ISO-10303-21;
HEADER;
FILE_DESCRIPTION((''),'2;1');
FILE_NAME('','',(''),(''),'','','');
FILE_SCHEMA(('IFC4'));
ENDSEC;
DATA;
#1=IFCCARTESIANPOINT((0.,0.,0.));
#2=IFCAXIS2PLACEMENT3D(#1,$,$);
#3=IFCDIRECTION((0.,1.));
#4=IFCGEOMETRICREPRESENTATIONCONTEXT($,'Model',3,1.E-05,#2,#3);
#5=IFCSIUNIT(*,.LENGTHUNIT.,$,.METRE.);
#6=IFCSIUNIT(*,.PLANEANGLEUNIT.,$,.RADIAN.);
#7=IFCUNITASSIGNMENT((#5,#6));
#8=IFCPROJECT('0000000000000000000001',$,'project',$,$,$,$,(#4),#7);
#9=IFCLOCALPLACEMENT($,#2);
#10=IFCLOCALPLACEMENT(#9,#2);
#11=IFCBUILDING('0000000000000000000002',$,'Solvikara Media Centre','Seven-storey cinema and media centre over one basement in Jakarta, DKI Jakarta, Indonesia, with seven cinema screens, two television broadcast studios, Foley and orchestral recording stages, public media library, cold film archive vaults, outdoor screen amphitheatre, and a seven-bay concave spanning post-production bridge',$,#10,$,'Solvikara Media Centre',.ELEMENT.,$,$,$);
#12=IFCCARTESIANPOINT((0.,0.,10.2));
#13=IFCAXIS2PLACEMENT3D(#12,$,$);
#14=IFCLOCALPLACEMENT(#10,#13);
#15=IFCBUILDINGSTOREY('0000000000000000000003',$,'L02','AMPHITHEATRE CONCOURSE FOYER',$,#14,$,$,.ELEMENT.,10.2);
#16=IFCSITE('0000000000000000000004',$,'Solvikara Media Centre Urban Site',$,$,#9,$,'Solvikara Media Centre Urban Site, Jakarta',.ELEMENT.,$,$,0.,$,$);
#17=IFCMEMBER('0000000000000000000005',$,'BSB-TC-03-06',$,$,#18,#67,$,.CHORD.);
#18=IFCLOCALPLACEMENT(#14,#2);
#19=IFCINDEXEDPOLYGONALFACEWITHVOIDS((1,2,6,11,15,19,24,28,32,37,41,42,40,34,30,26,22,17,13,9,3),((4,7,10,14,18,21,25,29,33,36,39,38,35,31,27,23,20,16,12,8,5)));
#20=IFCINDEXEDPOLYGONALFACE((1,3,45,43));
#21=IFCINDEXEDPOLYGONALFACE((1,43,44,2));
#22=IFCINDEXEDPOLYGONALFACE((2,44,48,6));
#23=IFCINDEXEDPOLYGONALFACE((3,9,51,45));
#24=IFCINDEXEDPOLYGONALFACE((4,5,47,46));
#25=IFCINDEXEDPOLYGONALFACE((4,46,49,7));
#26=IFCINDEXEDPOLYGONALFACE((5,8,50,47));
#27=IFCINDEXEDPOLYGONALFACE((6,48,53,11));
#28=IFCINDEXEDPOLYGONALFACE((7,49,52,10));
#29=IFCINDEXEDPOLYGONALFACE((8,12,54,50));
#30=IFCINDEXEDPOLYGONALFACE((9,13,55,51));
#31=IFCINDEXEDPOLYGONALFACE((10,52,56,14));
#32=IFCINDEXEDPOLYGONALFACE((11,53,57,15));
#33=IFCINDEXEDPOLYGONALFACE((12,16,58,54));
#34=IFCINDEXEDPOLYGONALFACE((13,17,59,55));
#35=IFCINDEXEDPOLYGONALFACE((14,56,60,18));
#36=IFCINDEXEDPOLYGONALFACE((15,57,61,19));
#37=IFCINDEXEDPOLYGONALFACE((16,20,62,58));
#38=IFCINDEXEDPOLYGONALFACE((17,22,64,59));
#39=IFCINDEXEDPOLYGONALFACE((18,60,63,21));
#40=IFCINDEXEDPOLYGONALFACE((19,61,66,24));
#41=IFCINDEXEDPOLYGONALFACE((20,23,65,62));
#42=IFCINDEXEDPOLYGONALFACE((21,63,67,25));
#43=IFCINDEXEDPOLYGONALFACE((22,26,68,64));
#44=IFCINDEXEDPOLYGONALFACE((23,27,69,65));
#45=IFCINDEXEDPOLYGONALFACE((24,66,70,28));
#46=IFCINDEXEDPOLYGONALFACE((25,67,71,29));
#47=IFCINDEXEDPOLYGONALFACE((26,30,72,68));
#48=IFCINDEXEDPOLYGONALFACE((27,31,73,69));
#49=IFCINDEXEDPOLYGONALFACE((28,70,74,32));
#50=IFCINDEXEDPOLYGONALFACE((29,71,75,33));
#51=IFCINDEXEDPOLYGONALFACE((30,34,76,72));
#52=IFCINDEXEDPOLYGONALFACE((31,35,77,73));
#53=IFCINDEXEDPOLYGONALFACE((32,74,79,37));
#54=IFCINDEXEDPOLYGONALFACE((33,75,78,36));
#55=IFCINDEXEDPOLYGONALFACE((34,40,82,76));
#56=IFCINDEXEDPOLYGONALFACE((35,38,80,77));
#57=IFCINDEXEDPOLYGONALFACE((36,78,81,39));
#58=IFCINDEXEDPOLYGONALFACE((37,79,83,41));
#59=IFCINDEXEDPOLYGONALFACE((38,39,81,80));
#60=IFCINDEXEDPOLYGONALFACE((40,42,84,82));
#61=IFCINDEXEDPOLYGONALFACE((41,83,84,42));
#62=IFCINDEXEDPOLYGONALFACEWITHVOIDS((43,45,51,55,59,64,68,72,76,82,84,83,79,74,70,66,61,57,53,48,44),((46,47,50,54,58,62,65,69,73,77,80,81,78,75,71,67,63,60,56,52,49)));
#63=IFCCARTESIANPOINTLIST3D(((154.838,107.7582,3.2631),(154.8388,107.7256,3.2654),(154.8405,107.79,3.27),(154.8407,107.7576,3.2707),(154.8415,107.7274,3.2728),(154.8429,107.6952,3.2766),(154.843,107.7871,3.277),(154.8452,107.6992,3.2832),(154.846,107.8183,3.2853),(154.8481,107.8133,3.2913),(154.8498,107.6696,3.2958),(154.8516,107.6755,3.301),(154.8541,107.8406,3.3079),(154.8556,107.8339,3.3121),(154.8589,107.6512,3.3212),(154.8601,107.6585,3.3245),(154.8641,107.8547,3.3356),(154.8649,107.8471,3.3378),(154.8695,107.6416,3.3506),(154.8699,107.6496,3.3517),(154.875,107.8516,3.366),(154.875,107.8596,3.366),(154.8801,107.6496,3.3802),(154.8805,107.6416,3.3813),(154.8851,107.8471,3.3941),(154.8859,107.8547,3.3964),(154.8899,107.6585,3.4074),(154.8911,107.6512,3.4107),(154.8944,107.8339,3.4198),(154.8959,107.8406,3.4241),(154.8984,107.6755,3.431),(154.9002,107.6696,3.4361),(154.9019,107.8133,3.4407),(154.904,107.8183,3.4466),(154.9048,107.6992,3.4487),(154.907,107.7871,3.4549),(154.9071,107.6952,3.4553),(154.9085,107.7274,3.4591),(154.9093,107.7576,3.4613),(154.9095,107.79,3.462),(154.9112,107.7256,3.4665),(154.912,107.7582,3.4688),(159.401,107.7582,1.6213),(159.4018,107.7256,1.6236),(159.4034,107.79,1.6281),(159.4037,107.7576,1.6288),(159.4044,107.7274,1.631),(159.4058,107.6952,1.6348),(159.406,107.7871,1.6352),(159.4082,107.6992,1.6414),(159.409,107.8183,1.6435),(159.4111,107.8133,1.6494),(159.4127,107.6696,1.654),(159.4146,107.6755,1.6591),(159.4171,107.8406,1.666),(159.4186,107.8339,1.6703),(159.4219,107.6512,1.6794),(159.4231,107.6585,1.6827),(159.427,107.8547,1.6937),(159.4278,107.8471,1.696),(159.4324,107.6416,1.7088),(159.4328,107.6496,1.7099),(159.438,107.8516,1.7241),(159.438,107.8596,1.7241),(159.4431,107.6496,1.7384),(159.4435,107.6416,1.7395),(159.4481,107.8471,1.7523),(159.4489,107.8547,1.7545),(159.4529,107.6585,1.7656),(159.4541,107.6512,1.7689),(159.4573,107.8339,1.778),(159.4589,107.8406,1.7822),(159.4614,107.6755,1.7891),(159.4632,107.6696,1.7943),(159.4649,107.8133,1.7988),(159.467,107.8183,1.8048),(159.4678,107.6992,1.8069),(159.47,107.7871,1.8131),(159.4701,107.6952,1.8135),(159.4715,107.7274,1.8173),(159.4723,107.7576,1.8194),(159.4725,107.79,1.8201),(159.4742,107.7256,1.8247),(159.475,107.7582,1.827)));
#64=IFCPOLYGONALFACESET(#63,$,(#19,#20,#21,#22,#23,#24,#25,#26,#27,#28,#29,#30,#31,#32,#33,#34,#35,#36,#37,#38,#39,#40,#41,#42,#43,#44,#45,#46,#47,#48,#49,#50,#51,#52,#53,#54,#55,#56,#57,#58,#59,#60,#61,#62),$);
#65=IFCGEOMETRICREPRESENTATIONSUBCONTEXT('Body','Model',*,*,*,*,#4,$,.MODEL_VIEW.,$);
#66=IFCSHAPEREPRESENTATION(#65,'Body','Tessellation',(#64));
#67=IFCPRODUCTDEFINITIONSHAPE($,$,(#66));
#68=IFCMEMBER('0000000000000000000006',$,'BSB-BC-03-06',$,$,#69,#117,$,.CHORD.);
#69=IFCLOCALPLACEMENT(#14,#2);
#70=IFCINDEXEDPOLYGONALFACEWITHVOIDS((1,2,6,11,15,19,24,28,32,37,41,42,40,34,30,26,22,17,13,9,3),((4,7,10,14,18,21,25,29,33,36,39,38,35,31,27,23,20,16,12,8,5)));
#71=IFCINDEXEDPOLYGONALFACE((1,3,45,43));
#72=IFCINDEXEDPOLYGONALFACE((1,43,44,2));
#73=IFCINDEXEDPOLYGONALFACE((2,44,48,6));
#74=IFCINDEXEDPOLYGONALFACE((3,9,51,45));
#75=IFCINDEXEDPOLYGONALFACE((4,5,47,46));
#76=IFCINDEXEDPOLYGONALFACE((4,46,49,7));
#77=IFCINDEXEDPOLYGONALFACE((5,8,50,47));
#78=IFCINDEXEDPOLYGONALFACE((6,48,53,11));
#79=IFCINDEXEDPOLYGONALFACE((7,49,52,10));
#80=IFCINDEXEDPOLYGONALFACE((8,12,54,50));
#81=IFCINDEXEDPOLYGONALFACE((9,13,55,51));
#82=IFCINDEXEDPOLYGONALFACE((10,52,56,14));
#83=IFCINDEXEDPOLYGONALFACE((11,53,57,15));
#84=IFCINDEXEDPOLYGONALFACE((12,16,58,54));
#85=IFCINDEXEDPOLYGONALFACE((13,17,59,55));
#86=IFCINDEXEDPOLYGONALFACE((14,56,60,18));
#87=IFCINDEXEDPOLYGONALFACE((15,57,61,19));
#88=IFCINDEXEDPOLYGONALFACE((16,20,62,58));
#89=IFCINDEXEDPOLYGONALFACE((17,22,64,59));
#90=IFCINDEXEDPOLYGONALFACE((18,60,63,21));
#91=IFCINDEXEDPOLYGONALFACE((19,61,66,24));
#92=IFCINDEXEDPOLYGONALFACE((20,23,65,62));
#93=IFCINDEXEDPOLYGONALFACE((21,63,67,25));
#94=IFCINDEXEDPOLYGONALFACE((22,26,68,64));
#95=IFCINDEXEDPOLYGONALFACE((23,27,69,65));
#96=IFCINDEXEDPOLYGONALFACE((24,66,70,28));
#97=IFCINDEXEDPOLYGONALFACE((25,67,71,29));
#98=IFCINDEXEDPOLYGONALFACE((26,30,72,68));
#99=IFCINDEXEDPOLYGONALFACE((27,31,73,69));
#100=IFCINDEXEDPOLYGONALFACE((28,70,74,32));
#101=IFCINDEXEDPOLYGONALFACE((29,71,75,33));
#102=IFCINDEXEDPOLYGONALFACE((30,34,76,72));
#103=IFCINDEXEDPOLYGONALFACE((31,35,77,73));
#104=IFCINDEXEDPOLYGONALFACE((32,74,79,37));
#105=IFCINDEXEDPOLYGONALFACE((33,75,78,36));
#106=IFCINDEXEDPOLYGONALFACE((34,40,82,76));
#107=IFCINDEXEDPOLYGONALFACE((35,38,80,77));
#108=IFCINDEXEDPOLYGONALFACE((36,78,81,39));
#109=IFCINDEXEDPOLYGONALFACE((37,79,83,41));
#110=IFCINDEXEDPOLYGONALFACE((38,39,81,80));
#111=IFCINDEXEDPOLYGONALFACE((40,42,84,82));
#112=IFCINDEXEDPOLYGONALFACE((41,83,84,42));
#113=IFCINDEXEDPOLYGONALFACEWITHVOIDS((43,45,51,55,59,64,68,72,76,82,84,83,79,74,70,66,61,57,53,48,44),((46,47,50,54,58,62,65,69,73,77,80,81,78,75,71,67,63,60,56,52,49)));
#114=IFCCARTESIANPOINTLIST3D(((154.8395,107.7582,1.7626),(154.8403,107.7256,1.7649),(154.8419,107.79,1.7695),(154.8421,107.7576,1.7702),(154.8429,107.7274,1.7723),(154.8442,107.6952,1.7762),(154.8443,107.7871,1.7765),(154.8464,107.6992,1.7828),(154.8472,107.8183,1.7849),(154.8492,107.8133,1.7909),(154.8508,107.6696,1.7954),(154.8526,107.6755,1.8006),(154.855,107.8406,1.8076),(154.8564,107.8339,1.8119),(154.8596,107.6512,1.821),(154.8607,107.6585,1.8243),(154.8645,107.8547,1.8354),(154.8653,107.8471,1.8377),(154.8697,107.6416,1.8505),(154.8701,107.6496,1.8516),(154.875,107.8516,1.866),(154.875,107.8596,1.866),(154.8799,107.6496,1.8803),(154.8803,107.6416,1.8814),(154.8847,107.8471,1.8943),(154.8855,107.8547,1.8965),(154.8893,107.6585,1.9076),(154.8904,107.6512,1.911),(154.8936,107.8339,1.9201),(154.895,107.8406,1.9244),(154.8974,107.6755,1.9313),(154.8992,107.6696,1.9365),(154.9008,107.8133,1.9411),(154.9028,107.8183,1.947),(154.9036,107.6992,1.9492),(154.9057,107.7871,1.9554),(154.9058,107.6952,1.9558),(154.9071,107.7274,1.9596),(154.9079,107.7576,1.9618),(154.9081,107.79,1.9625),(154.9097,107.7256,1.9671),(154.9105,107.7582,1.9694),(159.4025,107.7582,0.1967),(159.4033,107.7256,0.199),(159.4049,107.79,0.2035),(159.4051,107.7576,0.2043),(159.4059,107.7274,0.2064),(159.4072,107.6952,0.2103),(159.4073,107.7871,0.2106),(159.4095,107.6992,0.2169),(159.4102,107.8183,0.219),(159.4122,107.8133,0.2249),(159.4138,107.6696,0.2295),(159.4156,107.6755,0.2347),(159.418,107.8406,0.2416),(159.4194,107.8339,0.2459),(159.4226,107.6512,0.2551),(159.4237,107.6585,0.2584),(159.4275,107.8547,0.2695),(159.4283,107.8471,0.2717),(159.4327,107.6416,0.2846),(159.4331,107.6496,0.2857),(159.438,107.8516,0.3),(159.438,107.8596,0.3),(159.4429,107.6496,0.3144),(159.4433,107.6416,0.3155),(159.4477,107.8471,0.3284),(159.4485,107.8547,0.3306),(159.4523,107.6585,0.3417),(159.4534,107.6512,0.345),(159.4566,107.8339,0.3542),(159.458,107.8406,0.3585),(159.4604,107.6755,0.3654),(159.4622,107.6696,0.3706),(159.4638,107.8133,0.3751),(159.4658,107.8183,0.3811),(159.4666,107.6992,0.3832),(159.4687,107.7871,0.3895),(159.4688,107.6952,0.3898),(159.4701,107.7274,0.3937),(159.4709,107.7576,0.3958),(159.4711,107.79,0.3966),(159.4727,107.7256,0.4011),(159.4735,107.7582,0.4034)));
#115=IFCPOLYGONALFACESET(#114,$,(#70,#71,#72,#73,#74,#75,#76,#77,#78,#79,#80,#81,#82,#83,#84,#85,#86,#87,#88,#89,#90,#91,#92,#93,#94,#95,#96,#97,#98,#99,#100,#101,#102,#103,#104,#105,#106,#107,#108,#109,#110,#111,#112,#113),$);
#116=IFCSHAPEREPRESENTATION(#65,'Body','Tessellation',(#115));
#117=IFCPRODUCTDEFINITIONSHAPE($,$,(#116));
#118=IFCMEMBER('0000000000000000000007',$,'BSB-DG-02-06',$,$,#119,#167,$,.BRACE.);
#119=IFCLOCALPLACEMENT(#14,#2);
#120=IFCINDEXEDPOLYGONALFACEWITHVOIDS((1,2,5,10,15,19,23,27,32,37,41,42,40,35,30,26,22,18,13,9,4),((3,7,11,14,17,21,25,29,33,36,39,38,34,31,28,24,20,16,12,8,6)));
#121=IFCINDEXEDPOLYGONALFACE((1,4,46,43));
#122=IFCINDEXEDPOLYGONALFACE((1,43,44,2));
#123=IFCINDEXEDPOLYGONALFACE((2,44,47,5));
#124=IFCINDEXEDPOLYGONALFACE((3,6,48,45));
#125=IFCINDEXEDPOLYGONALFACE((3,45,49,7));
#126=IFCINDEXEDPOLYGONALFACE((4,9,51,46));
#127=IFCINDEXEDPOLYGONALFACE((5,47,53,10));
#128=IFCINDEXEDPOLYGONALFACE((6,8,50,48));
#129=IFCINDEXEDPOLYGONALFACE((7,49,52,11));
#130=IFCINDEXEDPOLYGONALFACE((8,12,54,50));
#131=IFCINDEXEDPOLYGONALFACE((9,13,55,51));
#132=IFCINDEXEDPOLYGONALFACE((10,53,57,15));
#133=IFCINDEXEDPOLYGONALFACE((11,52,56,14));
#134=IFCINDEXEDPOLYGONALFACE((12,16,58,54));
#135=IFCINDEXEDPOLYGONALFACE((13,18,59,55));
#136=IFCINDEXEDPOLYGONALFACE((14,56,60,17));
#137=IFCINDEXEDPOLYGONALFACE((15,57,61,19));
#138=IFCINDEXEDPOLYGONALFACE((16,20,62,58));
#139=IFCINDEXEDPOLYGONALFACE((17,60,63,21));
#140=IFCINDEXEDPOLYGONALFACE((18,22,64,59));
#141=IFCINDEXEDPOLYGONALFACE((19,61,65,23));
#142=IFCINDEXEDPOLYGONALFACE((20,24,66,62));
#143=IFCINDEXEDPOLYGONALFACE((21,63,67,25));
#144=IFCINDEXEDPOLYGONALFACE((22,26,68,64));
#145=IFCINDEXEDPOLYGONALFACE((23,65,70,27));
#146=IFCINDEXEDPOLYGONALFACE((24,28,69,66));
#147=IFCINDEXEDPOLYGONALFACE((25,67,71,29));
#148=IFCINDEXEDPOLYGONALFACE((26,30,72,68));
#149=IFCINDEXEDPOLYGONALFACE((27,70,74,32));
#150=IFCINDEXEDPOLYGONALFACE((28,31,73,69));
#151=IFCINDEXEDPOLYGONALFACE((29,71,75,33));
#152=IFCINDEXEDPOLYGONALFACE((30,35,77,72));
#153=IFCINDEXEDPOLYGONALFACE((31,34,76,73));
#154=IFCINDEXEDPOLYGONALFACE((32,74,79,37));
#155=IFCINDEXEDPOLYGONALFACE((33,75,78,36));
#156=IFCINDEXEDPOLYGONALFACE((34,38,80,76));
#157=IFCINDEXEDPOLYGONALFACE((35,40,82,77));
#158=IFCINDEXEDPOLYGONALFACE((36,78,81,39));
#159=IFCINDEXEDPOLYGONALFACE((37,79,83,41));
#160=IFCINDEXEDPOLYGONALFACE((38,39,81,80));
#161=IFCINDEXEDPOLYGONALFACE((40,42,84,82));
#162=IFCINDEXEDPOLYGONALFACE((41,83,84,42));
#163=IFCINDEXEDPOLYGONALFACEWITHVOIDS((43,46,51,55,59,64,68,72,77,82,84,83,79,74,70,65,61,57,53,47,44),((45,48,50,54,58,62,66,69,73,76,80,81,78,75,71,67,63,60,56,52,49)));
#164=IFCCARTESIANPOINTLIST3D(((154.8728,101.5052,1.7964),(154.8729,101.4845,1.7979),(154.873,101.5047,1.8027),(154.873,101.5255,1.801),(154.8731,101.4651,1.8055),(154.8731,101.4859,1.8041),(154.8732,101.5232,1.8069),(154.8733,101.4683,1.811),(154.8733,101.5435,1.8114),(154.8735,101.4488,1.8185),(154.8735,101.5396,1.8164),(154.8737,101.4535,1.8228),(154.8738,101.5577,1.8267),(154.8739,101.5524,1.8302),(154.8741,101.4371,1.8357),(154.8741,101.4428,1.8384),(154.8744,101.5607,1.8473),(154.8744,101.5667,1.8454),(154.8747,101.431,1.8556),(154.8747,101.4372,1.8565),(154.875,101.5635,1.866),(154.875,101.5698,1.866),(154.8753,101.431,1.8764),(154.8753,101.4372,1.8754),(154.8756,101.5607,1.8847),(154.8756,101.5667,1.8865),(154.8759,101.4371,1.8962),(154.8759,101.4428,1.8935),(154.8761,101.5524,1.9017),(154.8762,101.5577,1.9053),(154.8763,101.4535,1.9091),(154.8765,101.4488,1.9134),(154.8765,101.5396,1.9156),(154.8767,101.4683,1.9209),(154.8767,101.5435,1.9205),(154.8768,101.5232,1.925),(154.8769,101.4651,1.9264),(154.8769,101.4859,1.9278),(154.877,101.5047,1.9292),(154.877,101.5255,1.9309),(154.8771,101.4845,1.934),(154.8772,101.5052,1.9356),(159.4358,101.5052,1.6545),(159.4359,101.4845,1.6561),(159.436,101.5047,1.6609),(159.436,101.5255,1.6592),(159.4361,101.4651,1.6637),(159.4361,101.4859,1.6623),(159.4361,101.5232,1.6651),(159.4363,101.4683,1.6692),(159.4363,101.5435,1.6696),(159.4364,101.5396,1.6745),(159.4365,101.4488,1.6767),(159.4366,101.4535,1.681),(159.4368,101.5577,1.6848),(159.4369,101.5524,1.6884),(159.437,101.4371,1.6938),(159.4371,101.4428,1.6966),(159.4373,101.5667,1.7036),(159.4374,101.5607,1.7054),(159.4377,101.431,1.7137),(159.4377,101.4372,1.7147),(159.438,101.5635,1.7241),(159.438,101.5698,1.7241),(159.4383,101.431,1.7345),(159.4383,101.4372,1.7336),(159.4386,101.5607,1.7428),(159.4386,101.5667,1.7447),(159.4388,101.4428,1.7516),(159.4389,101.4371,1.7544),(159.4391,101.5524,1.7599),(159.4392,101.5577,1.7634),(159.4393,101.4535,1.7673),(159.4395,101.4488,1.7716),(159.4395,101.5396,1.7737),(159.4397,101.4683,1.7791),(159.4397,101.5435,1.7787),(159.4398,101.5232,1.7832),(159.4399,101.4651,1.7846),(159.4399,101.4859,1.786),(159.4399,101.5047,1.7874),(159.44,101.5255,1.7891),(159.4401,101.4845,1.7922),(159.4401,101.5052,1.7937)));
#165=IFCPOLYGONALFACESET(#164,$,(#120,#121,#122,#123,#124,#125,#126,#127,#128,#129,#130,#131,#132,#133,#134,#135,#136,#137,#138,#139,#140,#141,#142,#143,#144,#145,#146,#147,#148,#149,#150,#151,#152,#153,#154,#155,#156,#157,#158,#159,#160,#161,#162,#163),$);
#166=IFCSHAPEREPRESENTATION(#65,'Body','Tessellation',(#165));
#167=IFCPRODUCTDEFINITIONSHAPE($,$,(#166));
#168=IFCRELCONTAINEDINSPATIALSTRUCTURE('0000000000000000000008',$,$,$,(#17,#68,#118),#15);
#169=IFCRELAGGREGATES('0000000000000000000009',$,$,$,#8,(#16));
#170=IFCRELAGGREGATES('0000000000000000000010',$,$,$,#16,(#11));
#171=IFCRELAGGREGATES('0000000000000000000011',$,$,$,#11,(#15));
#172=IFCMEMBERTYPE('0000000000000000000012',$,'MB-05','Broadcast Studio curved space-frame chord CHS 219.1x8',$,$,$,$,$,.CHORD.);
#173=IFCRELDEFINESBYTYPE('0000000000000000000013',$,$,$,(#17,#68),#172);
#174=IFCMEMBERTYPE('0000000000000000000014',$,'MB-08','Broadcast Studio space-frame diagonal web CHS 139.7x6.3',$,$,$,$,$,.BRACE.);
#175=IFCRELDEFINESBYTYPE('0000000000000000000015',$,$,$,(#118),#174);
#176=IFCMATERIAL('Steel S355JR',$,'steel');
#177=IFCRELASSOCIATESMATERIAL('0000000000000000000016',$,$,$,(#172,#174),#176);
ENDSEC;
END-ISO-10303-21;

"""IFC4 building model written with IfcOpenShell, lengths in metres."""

from ifc_helpers import new_model, si_unit, direction, frame, origin, origin_2d, place, context, subcontext, project, spatial, hollow_circle, extrude, material, material_profile, profile_set, type_object, element, save


model = new_model("IFC4")

# Units and contexts
model_context = context("Model", 3, precision=1e-05, world=origin(), true_north=direction((0.0, 1.0)))
body_context = subcontext(model_context, "Body", "Model", "MODEL_VIEW")
ifc_project = project(units=[si_unit("LENGTHUNIT", "METRE"), si_unit("PLANEANGLEUNIT", "RADIAN")], contexts=[model_context])

# Site, building, storey
site_placement = place(None, origin())
site = spatial("IfcSite", under=ifc_project, at=site_placement, Name="Solvikara Media Centre Urban Site", LongName="Solvikara Media Centre Urban Site, Jakarta", CompositionType="ELEMENT", RefElevation=0.0)
building_placement = place(site_placement, origin())
building = spatial("IfcBuilding", under=site, at=building_placement, Name="Solvikara Media Centre", Description="Seven-storey cinema and media centre over one basement in Jakarta, DKI Jakarta, Indonesia, with seven cinema screens, two television broadcast studios, Foley and orchestral recording stages, public media library, cold film archive vaults, outdoor screen amphitheatre, and a seven-bay concave spanning post-production bridge", LongName="Solvikara Media Centre", CompositionType="ELEMENT")
storey_placement = place(building_placement, frame((0.0, 0.0, 10.2)))
storey = spatial("IfcBuildingStorey", under=building, at=storey_placement, Name="L02", Description="AMPHITHEATRE CONCOURSE FOYER", CompositionType="ELEMENT", Elevation=10.2)

# Shared definitions
ifc_material_1 = material(Name="Steel S355JR", Category="steel")

# Members
ifc_material_profile_1 = material_profile(ifc_material_1, hollow_circle(Radius=0.1096, WallThickness=0.0081, at=origin_2d()), Name="CHS 219.1x8")
ifc_profile_set_1 = profile_set([ifc_material_profile_1], Name="Steel S355JR")
member_type_1 = type_object("IfcMemberType", Name="MB-05", Description="Broadcast Studio curved space-frame chord CHS 219.1x8", PredefinedType="CHORD", material=ifc_profile_set_1)
member_1_placement = place(storey_placement, frame((154.875, 107.75, 3.366), z_axis=(0.940942, 0.0, -0.338568), x_axis=(0.0, 1.0, 0.0)))
element("IfcMember", 1, at=member_1_placement, inside=storey, type_object=member_type_1, Name="BSB-TC-03-06", PredefinedType="CHORD", context=body_context, shape_type="SweptSolid", body=[
    extrude(hollow_circle(Radius=0.1096, WallThickness=0.0081, at=origin_2d()), origin(), (0.0, 0.0, 1.0), 4.8494),
])
member_2_placement = place(storey_placement, frame((154.875, 107.75, 1.866), z_axis=(0.945853, 0.0, -0.324596), x_axis=(0.0, 1.0, 0.0)))
element("IfcMember", 2, at=member_2_placement, inside=storey, type_object=member_type_1, Name="BSB-BC-03-06", PredefinedType="CHORD", context=body_context, shape_type="SweptSolid", body=[
    extrude(hollow_circle(Radius=0.1096, WallThickness=0.0081, at=origin_2d()), origin(), (0.0, 0.0, 1.0), 4.8242),
])
ifc_material_profile_2 = material_profile(ifc_material_1, hollow_circle(Radius=0.0698, WallThickness=0.0063, at=origin_2d()), Name="CHS 139.7x6.3")
ifc_profile_set_2 = profile_set([ifc_material_profile_2], Name="Steel S355JR")
member_type_2 = type_object("IfcMemberType", Name="MB-08", Description="Broadcast Studio space-frame diagonal web CHS 139.7x6.3", PredefinedType="BRACE", material=ifc_profile_set_2)
for number, where, z_axis, x_axis, name in (
    (3, (154.875, 101.5, 1.866), (0.999517, 0.0, -0.031071), (0.0, 1.0, 0.0), "BSB-DG-02-06"),
):
    element("IfcMember", number, at=place(storey_placement, frame(where, z_axis=z_axis, x_axis=x_axis)), inside=storey, type_object=member_type_2, Name=name, PredefinedType="BRACE", context=body_context, shape_type="SweptSolid", body=[
        extrude(hollow_circle(Radius=0.0698, WallThickness=0.0063, at=origin_2d()), origin(), (0.0, 0.0, 1.0), 4.5652),
    ])

save(model, "model.ifc")
